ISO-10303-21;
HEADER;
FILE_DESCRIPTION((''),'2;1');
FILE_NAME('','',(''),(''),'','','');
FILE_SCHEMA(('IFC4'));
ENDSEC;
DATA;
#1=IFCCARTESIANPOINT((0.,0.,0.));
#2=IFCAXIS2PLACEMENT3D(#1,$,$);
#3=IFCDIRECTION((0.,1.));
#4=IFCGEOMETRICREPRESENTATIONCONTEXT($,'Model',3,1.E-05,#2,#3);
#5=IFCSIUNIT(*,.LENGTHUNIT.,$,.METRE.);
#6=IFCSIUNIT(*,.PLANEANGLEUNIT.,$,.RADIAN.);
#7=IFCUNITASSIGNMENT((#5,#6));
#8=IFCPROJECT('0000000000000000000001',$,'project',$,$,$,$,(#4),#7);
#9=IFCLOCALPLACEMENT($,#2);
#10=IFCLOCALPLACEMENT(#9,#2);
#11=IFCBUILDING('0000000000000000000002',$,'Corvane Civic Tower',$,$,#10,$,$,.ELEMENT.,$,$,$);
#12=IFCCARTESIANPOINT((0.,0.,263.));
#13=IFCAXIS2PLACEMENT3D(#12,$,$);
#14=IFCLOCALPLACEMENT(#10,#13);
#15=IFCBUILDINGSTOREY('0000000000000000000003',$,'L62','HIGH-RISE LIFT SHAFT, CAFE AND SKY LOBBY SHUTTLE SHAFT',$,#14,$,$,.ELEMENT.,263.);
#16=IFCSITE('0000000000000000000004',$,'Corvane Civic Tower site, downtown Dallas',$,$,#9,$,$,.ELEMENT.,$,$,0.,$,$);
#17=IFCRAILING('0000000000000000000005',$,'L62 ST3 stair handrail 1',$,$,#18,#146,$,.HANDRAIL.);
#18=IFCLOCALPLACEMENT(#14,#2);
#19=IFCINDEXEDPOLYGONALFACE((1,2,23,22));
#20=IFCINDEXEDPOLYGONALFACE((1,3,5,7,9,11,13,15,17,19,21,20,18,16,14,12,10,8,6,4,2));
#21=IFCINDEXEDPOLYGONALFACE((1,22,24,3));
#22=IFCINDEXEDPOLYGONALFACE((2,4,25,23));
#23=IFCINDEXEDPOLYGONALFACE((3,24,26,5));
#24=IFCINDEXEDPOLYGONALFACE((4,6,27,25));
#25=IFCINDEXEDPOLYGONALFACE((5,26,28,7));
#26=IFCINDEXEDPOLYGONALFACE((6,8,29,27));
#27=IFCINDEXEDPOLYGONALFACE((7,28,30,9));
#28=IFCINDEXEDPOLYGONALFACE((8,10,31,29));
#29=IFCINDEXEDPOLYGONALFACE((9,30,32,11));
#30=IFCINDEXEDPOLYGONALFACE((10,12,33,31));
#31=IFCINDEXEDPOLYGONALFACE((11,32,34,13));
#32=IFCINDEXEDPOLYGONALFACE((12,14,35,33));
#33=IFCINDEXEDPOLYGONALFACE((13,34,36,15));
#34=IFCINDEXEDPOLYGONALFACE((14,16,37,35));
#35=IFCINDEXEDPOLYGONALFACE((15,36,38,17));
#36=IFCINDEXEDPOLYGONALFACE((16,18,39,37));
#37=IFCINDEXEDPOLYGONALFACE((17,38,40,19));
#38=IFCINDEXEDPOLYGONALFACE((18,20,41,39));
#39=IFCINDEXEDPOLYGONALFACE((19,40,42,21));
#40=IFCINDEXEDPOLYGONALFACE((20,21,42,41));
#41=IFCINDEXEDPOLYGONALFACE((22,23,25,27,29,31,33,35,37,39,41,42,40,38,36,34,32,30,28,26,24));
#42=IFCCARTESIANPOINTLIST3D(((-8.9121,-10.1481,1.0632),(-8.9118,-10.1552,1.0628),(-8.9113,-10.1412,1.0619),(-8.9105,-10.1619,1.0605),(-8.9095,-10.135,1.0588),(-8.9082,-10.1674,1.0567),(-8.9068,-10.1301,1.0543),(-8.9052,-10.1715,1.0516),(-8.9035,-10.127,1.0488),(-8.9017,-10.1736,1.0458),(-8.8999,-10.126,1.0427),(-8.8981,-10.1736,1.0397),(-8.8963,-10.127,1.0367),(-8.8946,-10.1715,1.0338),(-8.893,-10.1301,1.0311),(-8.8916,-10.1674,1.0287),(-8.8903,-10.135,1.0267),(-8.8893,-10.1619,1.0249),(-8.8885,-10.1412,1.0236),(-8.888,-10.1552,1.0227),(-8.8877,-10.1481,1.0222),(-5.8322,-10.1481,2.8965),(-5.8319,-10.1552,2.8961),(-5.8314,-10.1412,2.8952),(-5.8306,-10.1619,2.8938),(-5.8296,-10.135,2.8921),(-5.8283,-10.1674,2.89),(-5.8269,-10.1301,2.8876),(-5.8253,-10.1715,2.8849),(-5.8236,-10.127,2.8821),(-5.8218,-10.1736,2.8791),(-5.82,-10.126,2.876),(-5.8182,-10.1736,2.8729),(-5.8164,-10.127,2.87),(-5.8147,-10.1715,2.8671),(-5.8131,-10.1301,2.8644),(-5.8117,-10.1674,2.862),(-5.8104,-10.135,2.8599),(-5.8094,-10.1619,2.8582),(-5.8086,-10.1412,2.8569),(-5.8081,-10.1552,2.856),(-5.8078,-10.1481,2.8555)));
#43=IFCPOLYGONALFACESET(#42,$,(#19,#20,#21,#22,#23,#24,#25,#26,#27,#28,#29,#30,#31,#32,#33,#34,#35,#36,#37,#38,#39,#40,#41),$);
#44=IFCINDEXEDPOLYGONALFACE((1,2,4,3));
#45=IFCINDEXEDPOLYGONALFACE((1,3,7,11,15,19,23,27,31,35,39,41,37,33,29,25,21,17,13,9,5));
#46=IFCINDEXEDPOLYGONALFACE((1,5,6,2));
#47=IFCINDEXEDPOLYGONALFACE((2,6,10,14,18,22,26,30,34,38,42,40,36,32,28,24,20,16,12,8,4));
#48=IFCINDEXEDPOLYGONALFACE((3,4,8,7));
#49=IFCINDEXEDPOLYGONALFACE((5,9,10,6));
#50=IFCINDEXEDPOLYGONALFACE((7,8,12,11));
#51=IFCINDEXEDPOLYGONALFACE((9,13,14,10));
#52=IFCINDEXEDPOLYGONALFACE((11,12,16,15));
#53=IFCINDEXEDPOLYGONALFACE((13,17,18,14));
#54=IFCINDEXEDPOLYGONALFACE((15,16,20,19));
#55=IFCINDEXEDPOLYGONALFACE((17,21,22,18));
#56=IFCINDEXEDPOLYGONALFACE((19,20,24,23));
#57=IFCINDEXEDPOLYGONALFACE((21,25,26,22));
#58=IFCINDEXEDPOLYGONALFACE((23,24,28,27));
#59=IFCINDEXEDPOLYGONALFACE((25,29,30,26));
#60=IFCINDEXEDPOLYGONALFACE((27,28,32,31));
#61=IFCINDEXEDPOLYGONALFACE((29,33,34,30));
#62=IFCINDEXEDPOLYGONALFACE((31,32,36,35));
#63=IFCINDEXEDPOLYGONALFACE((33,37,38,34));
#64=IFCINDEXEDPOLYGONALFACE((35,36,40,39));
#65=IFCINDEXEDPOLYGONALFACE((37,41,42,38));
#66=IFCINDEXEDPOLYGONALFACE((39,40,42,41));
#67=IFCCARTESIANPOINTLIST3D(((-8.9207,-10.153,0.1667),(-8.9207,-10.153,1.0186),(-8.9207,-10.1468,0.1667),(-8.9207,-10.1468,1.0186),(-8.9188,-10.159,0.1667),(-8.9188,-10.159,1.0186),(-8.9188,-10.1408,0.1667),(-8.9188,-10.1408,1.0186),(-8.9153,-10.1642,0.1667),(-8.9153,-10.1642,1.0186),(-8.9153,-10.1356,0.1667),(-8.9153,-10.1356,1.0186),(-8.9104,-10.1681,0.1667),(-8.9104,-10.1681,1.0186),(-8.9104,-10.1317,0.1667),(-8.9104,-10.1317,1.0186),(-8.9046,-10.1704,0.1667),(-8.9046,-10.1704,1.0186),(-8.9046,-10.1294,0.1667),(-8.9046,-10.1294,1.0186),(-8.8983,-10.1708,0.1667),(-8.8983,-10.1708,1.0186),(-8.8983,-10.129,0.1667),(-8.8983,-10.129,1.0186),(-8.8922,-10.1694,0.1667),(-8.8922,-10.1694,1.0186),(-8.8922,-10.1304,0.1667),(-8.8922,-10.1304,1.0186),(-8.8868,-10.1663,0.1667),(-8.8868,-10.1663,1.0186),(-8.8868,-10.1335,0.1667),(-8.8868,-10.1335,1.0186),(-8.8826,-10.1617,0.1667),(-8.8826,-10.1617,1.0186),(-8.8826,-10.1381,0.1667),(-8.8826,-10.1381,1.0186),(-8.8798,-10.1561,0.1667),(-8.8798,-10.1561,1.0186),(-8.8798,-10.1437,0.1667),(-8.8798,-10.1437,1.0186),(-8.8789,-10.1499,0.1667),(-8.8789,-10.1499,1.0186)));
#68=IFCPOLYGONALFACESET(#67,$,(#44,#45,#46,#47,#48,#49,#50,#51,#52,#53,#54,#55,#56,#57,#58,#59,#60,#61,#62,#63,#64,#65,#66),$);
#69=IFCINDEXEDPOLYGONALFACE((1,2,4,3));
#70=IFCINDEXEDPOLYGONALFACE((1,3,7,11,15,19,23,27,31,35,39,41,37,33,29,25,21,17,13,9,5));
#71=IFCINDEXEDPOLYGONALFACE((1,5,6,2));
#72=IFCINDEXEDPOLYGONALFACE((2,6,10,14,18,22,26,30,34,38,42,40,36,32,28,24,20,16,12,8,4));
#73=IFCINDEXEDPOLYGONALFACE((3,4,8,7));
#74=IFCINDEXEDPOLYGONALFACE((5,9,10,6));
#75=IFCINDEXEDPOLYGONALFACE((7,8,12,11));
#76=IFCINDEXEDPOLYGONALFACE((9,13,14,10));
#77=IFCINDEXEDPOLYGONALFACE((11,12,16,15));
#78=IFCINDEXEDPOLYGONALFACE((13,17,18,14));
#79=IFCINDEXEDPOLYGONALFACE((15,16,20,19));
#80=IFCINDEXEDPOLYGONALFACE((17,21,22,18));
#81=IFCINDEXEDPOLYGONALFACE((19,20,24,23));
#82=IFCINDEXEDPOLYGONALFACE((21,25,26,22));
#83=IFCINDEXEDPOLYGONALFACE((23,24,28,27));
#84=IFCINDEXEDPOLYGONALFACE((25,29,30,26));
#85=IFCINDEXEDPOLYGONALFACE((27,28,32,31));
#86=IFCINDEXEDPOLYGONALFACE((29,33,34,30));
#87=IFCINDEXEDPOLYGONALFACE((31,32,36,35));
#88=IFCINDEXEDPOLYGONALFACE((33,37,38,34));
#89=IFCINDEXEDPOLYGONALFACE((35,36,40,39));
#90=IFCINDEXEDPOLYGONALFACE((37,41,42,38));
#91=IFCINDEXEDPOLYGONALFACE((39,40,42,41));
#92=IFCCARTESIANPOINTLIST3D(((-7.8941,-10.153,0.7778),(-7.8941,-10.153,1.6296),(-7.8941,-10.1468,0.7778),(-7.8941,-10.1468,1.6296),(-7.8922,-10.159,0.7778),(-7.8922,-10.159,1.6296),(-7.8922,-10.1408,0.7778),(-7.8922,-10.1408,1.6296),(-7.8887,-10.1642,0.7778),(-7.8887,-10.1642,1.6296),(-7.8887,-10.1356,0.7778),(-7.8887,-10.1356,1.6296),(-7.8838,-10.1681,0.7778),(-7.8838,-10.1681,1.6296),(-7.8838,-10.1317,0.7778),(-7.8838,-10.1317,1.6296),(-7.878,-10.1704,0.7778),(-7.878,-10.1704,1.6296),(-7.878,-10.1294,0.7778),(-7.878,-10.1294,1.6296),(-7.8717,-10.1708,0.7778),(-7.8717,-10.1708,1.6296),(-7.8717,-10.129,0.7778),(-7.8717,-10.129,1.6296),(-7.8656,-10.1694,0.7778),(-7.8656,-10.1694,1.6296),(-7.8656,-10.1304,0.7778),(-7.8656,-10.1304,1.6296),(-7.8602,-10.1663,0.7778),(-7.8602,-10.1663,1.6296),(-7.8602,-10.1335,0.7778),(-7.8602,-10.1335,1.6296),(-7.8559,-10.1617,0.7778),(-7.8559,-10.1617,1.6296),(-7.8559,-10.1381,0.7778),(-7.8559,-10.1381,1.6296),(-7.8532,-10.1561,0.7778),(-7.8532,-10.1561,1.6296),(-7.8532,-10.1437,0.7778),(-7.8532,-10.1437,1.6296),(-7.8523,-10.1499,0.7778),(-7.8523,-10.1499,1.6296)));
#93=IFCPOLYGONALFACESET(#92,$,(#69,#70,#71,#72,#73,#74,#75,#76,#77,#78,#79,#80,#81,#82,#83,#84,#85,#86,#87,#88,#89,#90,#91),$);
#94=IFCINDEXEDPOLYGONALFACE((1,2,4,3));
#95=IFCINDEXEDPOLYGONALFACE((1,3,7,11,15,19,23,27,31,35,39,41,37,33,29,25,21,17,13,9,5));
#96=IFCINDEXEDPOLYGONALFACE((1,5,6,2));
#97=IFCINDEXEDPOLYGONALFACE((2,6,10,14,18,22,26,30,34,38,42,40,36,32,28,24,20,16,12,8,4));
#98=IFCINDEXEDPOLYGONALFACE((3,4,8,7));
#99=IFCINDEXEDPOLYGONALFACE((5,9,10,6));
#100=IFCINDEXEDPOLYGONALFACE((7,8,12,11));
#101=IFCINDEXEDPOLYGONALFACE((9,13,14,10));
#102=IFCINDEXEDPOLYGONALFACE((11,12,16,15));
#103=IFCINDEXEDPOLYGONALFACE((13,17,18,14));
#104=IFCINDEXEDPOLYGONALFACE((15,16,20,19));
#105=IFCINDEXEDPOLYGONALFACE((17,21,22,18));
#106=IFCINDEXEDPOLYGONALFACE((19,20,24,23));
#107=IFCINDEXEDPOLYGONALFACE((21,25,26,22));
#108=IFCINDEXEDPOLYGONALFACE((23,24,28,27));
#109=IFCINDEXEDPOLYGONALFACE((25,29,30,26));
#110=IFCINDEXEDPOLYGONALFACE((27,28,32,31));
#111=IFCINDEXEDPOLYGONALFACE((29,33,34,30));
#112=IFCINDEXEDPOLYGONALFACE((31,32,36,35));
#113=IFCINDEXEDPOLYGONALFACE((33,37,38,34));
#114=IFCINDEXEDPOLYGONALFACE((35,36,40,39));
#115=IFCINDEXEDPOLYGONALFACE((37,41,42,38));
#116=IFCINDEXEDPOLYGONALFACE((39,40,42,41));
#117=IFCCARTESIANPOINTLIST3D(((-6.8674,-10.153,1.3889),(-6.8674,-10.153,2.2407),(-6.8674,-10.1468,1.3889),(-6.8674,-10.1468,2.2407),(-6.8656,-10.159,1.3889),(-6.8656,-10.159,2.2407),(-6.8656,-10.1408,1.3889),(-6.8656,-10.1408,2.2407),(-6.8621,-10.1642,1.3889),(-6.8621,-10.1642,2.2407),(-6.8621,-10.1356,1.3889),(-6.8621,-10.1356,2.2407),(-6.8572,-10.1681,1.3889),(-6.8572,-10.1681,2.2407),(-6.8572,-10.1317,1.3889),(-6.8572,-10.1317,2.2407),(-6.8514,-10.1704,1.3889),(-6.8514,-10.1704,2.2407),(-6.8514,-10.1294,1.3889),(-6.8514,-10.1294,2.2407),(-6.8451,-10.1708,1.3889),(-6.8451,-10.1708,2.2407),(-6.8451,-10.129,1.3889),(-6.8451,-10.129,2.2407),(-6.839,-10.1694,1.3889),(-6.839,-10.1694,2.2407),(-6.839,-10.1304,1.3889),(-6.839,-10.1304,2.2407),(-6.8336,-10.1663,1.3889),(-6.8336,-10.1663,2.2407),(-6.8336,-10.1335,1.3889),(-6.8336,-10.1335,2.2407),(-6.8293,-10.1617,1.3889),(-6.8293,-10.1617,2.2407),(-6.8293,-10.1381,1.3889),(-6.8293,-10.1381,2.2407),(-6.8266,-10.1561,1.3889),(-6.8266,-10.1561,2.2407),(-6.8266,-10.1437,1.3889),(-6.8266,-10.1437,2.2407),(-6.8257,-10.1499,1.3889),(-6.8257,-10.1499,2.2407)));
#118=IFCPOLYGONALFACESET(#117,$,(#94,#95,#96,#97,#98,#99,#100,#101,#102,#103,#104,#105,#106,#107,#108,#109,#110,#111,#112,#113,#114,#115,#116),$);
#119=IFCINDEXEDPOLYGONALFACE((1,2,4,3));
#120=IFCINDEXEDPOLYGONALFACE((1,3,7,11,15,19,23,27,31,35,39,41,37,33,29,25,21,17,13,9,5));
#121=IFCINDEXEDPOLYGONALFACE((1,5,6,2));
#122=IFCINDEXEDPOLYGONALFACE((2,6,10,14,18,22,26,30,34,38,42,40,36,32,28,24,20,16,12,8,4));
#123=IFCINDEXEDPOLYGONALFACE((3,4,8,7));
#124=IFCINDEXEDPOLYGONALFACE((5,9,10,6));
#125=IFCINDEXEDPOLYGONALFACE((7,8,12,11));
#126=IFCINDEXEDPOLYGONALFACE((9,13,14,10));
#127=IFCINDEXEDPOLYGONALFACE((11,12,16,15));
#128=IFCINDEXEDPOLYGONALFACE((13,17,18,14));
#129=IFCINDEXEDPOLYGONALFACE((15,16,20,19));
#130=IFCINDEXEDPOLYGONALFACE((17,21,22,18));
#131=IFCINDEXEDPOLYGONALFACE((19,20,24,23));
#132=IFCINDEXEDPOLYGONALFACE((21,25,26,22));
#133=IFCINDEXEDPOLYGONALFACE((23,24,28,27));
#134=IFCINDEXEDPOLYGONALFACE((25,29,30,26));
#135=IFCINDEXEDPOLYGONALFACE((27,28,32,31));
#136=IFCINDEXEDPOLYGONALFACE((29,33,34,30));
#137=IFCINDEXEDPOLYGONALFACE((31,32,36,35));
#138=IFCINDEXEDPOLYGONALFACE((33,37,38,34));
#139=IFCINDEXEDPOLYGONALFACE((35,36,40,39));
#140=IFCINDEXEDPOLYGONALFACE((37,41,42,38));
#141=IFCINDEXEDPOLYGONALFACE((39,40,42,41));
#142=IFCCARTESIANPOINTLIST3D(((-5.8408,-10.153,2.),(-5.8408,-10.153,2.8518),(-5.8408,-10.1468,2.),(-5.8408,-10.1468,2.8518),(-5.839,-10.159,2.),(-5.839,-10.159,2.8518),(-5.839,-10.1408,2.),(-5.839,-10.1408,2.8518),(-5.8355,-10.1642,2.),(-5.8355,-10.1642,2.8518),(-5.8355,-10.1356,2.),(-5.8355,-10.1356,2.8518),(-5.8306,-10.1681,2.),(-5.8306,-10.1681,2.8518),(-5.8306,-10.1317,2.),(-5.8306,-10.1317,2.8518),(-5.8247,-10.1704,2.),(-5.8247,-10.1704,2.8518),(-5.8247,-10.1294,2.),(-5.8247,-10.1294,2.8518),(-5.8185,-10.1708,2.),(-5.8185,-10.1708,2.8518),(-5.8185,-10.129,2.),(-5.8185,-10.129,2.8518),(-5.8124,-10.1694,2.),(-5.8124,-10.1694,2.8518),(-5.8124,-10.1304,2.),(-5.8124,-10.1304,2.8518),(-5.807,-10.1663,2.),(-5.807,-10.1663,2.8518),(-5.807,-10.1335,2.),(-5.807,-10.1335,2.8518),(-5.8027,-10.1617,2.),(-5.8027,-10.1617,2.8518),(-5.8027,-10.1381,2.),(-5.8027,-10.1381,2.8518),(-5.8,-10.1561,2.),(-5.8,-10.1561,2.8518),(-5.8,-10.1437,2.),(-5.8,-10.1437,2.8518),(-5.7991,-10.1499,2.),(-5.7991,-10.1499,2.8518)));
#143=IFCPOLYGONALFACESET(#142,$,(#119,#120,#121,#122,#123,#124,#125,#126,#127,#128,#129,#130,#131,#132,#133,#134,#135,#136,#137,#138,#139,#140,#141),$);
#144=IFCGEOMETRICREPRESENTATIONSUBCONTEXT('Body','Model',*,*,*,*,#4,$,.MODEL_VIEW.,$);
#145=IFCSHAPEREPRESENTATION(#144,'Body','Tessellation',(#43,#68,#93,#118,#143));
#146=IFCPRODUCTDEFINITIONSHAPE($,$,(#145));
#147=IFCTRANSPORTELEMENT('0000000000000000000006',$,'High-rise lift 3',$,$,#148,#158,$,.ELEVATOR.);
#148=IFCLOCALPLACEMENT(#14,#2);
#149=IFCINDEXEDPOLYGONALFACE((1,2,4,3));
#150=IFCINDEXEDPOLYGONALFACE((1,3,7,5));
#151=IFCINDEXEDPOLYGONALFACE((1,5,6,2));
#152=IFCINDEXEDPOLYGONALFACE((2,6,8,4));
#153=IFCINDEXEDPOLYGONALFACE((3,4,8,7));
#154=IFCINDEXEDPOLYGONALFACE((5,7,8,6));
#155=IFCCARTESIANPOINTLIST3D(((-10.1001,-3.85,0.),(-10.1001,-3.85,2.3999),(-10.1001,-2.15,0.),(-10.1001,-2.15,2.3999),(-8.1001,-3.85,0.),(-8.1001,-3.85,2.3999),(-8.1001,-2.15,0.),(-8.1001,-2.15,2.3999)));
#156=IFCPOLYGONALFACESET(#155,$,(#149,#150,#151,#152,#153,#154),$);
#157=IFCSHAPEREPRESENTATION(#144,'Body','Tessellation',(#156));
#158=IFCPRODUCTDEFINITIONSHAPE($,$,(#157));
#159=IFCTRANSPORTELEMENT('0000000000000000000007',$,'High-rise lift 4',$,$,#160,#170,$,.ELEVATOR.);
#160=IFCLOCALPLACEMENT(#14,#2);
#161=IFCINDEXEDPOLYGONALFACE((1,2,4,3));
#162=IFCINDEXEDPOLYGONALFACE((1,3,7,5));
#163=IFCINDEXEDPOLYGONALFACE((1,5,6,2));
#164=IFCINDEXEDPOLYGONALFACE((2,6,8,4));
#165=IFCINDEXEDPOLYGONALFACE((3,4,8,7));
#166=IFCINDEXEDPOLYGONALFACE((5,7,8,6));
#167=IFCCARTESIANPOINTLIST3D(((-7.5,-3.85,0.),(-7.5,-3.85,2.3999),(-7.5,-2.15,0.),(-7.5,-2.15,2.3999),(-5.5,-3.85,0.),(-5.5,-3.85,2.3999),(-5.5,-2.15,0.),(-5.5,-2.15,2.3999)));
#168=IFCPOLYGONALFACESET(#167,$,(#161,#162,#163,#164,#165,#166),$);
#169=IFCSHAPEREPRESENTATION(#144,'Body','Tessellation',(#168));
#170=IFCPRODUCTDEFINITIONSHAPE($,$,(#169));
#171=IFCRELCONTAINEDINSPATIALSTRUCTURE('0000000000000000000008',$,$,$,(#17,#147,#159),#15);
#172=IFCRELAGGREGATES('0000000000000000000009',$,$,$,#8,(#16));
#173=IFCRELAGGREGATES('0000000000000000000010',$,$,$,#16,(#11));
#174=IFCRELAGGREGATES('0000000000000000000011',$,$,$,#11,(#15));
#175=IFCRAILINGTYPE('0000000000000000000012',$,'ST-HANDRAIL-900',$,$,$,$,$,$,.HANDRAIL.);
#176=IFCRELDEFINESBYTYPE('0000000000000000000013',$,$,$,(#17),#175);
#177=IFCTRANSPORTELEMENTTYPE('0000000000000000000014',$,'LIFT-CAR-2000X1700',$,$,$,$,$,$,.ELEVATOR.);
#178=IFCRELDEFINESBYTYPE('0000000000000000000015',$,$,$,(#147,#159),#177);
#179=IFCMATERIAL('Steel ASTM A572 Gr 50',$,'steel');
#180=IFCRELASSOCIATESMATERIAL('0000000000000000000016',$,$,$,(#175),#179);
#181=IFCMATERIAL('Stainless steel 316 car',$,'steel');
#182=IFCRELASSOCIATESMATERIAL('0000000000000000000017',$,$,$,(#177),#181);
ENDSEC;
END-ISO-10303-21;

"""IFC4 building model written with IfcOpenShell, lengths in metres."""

from ifc_helpers import new_model, si_unit, direction, frame, origin, origin_2d, place, context, subcontext, project, spatial, rectangle, circle, extrude, material, type_object, element, save


model = new_model("IFC4")

# Units and contexts
model_context = context("Model", 3, precision=1e-05, world=origin(), true_north=direction((0.0, 1.0)))
body_context = subcontext(model_context, "Body", "Model", "MODEL_VIEW")
ifc_project = project(units=[si_unit("LENGTHUNIT", "METRE"), si_unit("PLANEANGLEUNIT", "RADIAN")], contexts=[model_context])

# Site, building, storey
site_placement = place(None, origin())
site = spatial("IfcSite", under=ifc_project, at=site_placement, Name="Corvane Civic Tower site, downtown Dallas", CompositionType="ELEMENT", RefElevation=0.0)
building_placement = place(site_placement, origin())
building = spatial("IfcBuilding", under=site, at=building_placement, Name="Corvane Civic Tower", CompositionType="ELEMENT")
storey_placement = place(building_placement, frame((0.0, 0.0, 263.0)))
storey = spatial("IfcBuildingStorey", under=building, at=storey_placement, Name="L62", Description="HIGH-RISE LIFT SHAFT, CAFE AND SKY LOBBY SHUTTLE SHAFT", CompositionType="ELEMENT", Elevation=263.0)

# Railing
ifc_material_1 = material(Name="Steel ASTM A572 Gr 50", Category="steel")
railing_type_1 = type_object("IfcRailingType", Name="ST-HANDRAIL-900", PredefinedType="HANDRAIL", material=ifc_material_1)
railing_1_placement = place(storey_placement, frame((-8.8999, -10.1499, 0.1667)))
element("IfcRailing", 1, at=railing_1_placement, inside=storey, type_object=railing_type_1, Name="L62 ST3 stair handrail 1", PredefinedType="HANDRAIL", context=body_context, shape_type="SweptSolid", body=[
    extrude(circle(Radius=0.0239, at=origin_2d()), frame((0.0, 0.0, 0.876), z_axis=(0.859291, 0.0, 0.511487), x_axis=(0.0, 1.0, 0.0)), (0.0, 0.0, 1.0), 3.5842),
    extrude(circle(Radius=0.021, at=origin_2d()), origin(), (0.0, 0.0, 1.0), 0.8518),
    extrude(circle(Radius=0.021, at=origin_2d()), frame((1.0266, 0.0, 0.6111)), (0.0, 0.0, 1.0), 0.8518),
    extrude(circle(Radius=0.021, at=origin_2d()), frame((2.0532, 0.0, 1.2222)), (0.0, 0.0, 1.0), 0.8518),
    extrude(circle(Radius=0.021, at=origin_2d()), frame((3.0798, 0.0, 1.8333)), (0.0, 0.0, 1.0), 0.8518),
])

# Transport elements
ifc_material_2 = material(Name="Stainless steel 316 car", Category="steel")
transport_element_type = type_object("IfcTransportElementType", Name="LIFT-CAR-2000X1700", PredefinedType="ELEVATOR", material=ifc_material_2)
for number, where, z_axis, x_axis, name in (
    (2, (-9.1001, -3.0, 0.0), (0.0, 0.0, 1.0), (1.0, 0.0, 0.0), "High-rise lift 3"),
    (3, (-6.5, -3.0, 0.0), (0.0, 0.0, 1.0), (1.0, 0.0, 0.0), "High-rise lift 4"),
):
    element("IfcTransportElement", number, at=place(storey_placement, frame(where, z_axis=z_axis, x_axis=x_axis)), inside=storey, type_object=transport_element_type, Name=name, PredefinedType="ELEVATOR", context=body_context, shape_type="SweptSolid", body=[
        extrude(rectangle(XDim=2.0, YDim=1.7, at=origin_2d()), origin(), (0.0, 0.0, 1.0), 2.3999),
    ])

save(model, "model.ifc")
